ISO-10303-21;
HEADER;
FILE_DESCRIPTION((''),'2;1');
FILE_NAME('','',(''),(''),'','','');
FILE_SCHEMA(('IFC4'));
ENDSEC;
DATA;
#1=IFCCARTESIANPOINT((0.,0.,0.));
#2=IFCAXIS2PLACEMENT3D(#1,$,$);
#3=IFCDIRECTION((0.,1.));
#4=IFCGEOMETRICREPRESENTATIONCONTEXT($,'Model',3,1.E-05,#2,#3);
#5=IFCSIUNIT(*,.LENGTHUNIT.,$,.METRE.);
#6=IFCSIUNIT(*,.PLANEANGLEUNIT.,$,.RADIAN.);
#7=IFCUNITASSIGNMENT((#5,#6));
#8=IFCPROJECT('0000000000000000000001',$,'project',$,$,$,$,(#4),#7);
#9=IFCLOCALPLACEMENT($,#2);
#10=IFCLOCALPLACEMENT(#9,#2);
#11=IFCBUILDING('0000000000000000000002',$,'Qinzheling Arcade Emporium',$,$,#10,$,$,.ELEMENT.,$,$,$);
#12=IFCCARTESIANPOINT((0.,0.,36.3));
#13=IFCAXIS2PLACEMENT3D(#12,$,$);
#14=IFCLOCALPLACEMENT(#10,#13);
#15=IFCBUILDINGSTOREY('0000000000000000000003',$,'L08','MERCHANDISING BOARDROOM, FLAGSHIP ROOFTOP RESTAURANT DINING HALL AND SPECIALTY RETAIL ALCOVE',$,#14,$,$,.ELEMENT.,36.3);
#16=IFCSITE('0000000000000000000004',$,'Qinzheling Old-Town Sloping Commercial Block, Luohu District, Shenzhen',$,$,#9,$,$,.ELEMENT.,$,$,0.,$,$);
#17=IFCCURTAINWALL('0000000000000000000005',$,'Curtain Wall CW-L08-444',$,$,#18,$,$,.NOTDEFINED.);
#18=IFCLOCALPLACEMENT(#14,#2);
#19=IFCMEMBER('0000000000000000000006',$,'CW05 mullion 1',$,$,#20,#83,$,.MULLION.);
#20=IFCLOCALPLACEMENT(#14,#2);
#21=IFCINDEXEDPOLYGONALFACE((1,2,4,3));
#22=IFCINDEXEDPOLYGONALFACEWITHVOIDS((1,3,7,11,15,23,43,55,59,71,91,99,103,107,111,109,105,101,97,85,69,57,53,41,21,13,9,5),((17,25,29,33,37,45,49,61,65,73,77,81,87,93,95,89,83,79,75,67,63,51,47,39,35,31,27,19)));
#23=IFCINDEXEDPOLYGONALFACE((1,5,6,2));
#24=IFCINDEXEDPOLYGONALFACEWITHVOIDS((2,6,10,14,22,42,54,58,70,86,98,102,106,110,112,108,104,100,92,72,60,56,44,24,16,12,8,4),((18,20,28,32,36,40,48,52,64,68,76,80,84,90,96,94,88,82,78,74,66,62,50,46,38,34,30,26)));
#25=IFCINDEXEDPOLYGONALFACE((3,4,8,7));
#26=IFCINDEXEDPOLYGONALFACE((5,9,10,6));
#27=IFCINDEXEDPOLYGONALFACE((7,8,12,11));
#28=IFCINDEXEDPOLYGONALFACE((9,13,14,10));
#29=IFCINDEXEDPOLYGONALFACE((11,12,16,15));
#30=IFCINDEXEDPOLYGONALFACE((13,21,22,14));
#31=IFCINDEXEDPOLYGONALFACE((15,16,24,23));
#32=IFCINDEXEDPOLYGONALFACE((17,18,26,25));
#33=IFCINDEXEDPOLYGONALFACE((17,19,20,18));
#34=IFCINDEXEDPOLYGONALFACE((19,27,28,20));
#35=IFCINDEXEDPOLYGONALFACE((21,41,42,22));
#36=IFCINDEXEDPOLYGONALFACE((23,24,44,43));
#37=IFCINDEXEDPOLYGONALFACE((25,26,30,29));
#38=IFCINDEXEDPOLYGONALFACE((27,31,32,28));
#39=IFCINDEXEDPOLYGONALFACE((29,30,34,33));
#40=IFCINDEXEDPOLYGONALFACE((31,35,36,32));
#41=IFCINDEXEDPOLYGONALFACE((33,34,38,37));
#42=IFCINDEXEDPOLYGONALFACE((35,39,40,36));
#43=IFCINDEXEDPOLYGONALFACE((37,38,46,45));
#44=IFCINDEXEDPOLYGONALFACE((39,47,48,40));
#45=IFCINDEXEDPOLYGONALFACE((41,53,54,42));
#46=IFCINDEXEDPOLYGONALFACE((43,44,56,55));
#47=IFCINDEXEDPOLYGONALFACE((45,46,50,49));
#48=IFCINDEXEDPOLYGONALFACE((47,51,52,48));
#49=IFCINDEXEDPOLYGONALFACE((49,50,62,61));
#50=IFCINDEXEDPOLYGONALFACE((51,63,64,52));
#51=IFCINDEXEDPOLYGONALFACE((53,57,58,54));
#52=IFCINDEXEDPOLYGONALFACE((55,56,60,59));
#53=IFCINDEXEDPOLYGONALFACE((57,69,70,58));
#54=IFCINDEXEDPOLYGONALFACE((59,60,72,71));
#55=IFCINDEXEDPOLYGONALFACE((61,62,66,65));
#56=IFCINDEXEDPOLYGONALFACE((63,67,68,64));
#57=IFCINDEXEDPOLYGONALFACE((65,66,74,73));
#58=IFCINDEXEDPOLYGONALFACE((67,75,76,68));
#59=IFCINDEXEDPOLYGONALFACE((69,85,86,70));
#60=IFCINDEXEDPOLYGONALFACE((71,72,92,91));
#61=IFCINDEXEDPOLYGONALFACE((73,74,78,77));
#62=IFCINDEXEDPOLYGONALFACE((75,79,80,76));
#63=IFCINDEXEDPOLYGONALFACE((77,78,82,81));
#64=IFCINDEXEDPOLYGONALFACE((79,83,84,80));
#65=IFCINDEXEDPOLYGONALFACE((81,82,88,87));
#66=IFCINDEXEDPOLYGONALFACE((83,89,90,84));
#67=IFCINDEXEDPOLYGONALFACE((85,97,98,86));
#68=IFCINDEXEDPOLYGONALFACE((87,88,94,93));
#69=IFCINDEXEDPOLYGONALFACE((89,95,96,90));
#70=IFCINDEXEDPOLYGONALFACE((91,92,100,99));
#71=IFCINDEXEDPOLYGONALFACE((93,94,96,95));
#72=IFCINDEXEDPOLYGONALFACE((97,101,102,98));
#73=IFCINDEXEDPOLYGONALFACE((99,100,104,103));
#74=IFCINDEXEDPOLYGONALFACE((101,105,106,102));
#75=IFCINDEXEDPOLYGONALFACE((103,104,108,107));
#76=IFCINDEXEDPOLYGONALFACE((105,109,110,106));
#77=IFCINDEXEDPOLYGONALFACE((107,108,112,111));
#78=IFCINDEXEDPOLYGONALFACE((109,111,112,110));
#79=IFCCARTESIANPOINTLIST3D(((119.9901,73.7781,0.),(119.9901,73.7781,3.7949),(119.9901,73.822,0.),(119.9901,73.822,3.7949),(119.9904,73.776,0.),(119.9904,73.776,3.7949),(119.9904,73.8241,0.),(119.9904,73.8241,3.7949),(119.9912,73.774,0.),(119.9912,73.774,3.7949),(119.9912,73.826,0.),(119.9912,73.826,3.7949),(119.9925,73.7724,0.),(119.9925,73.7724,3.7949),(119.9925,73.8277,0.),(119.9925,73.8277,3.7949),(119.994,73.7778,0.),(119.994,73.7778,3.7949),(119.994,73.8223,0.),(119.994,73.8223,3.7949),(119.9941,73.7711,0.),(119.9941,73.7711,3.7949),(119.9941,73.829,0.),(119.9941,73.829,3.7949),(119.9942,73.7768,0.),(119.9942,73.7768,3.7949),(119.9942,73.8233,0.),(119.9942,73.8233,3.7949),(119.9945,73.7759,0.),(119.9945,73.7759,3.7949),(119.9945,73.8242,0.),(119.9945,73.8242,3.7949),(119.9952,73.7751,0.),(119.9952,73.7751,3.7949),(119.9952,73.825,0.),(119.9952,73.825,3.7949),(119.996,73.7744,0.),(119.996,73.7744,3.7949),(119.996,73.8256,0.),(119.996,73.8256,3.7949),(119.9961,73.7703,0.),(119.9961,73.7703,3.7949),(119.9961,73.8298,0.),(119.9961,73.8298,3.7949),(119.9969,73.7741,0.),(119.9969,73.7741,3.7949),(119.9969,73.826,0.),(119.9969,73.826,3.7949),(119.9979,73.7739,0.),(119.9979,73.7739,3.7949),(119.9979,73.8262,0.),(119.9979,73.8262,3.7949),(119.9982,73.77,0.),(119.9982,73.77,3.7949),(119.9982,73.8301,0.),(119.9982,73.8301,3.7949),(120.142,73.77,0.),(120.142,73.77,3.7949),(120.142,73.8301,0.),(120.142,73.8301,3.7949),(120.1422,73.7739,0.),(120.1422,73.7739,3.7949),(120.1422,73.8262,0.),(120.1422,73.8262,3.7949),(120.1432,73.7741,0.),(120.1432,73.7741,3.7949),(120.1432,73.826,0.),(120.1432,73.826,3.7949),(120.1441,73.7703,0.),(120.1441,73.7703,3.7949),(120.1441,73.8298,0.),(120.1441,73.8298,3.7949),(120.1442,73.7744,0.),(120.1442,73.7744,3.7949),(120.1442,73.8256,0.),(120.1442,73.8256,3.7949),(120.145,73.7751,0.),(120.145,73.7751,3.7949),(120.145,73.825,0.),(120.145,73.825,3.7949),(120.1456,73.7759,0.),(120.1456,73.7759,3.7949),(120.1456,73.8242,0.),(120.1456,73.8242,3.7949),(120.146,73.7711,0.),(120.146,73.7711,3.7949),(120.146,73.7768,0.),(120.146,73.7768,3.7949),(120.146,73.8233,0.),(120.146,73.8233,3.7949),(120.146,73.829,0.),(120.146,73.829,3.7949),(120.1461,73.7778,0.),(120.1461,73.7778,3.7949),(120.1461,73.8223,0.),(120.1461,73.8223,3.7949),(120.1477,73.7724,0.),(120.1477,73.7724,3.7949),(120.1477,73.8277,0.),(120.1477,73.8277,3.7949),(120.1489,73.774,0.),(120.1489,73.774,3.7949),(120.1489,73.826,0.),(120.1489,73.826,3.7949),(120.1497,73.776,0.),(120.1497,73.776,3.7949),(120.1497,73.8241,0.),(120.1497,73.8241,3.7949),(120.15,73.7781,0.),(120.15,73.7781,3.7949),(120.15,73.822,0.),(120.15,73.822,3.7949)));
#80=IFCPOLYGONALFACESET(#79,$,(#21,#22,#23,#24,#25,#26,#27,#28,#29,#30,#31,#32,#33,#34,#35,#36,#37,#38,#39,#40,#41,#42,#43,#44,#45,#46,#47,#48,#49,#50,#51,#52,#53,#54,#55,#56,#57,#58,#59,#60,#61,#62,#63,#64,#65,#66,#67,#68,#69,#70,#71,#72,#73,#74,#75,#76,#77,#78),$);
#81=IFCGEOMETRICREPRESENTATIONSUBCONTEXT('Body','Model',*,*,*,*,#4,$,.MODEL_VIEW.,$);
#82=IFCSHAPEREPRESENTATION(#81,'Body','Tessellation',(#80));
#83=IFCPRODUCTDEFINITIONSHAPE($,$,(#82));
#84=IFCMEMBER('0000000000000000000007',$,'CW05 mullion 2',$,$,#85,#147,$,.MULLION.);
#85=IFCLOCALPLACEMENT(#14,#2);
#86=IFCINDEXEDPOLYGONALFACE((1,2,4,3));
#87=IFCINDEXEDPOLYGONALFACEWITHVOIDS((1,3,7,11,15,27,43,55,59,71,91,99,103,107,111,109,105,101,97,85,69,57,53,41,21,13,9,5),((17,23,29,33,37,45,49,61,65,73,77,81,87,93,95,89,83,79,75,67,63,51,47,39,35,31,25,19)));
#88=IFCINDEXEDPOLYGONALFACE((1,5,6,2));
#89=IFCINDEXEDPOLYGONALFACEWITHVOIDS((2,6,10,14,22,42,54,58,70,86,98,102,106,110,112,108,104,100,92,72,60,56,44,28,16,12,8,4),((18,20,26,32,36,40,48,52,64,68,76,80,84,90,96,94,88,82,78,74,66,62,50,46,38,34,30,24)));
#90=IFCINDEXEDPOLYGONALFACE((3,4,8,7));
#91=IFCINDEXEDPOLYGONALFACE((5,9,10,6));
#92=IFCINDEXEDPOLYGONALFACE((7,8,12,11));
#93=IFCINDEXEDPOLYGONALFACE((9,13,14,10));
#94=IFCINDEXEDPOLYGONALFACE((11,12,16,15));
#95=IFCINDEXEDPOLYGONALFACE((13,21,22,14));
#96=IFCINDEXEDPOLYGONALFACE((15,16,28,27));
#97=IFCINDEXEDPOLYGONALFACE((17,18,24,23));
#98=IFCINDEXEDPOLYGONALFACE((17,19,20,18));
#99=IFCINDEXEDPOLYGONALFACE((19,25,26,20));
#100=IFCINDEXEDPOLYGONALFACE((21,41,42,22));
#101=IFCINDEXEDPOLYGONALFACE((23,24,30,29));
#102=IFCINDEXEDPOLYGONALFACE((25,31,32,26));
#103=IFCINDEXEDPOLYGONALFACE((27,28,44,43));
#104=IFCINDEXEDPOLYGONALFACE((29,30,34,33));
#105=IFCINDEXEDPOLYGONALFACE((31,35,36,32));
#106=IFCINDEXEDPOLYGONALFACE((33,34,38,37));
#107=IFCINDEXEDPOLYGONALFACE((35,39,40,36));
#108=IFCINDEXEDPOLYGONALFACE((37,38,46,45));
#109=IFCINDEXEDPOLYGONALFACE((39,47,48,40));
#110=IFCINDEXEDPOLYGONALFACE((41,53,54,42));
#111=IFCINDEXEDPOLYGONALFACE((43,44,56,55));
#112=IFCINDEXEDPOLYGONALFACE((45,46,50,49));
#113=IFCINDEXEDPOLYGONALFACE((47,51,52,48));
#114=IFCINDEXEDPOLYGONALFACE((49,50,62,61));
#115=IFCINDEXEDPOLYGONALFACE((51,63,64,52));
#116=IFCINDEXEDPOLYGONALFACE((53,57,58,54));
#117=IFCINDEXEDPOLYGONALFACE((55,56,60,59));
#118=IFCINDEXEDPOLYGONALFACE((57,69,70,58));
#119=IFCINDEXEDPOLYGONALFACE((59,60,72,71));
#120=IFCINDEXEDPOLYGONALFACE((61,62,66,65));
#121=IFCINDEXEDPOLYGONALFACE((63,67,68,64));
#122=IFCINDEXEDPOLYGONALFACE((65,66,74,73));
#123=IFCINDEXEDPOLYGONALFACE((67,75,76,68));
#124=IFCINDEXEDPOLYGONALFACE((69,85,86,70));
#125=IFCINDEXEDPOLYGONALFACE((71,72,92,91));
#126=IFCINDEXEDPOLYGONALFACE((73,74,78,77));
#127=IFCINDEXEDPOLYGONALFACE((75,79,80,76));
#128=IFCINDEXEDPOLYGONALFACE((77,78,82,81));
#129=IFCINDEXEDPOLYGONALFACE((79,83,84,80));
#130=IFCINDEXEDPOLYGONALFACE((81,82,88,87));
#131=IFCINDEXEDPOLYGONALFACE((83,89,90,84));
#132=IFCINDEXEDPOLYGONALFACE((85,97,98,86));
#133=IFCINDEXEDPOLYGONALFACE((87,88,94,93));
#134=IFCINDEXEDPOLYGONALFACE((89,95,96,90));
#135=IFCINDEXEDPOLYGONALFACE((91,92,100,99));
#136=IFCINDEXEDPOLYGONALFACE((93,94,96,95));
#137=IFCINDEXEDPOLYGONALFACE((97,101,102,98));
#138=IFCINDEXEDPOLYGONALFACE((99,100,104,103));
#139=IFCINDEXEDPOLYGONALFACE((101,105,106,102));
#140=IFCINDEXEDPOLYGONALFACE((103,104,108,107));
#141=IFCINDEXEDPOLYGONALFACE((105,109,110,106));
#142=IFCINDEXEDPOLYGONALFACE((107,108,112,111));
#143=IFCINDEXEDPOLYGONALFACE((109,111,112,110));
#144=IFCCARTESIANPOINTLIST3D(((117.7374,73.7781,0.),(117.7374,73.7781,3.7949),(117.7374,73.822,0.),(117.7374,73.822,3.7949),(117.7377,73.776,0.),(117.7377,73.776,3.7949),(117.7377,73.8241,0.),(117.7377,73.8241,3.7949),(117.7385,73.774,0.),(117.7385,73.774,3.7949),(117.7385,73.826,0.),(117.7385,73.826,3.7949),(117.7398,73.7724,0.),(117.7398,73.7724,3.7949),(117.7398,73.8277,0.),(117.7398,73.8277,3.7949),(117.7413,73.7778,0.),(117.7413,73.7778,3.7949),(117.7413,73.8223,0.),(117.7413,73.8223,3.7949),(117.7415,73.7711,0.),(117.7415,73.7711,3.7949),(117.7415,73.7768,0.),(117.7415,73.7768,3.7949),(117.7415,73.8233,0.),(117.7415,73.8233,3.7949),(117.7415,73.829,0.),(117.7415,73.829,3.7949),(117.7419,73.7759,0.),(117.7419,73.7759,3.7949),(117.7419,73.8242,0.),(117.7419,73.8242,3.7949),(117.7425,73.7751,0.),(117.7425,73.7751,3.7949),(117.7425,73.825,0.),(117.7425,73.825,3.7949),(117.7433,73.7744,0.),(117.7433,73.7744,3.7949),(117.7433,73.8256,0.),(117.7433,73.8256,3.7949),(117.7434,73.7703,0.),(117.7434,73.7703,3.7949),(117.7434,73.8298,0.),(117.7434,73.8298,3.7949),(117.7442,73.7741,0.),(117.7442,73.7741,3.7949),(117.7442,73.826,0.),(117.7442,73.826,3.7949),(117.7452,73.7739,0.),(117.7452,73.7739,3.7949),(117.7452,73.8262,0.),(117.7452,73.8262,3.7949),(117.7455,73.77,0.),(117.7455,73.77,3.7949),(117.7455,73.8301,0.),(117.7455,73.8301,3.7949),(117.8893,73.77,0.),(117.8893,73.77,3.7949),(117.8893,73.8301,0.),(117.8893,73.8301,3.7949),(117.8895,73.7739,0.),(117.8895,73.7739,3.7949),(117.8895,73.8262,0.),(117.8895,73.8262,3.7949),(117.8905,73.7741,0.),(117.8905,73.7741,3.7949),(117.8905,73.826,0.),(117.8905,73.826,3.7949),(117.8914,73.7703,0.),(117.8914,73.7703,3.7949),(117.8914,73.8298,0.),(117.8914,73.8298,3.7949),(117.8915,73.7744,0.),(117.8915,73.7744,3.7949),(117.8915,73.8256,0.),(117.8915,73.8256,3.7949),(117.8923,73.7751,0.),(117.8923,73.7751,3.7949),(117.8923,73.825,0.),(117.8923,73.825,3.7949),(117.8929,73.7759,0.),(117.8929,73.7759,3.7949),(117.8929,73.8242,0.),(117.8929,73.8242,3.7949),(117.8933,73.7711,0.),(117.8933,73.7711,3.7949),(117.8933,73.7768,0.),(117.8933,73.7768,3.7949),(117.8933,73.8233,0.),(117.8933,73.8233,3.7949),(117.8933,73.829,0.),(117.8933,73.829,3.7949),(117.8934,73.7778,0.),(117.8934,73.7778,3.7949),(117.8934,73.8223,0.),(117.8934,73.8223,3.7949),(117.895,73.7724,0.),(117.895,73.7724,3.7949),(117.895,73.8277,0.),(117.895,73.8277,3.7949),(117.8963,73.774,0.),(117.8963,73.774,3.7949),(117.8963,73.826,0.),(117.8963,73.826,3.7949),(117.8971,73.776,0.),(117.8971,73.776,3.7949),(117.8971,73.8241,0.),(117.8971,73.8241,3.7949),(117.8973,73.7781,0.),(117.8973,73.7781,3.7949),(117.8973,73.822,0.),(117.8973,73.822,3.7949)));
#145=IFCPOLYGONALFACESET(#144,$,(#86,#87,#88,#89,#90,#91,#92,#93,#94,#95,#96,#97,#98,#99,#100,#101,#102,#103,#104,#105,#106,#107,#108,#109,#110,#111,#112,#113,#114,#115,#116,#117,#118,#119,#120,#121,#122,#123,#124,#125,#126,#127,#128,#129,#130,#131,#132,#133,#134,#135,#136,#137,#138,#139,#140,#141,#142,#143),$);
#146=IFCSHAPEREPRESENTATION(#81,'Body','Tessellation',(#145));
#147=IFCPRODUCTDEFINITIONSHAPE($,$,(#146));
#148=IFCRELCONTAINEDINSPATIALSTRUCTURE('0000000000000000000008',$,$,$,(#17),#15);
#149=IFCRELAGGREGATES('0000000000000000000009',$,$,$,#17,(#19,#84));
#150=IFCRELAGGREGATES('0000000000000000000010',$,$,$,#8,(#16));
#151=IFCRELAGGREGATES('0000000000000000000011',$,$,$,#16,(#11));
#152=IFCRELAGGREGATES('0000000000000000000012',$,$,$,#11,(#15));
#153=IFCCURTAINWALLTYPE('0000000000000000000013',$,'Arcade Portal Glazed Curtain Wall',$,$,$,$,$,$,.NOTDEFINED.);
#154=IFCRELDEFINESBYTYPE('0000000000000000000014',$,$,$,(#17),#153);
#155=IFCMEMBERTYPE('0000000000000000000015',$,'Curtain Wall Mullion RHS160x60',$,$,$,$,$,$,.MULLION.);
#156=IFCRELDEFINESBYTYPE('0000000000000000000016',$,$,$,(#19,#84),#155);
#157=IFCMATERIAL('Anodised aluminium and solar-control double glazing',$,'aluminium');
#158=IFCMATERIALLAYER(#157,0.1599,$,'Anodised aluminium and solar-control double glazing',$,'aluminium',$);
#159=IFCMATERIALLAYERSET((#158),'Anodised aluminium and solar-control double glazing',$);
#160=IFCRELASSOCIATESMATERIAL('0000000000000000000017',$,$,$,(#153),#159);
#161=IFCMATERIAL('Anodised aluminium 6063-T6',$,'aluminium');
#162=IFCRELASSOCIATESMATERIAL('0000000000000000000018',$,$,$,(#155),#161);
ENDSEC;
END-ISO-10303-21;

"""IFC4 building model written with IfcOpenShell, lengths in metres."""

from ifc_helpers import new_model, si_unit, direction, frame, origin, origin_2d, place, context, subcontext, project, spatial, hollow_rectangle, extrude, material, layer, layer_set, material_profile, profile_set, type_object, element, aggregate, save


model = new_model("IFC4")

# Units and contexts
model_context = context("Model", 3, precision=1e-05, world=origin(), true_north=direction((0.0, 1.0)))
body_context = subcontext(model_context, "Body", "Model", "MODEL_VIEW")
ifc_project = project(units=[si_unit("LENGTHUNIT", "METRE"), si_unit("PLANEANGLEUNIT", "RADIAN")], contexts=[model_context])

# Site, building, storey
site_placement = place(None, origin())
site = spatial("IfcSite", under=ifc_project, at=site_placement, Name="Qinzheling Old-Town Sloping Commercial Block, Luohu District, Shenzhen", CompositionType="ELEMENT", RefElevation=0.0)
building_placement = place(site_placement, origin())
building = spatial("IfcBuilding", under=site, at=building_placement, Name="Qinzheling Arcade Emporium", CompositionType="ELEMENT")
storey_placement = place(building_placement, frame((0.0, 0.0, 36.3)))
storey = spatial("IfcBuildingStorey", under=building, at=storey_placement, Name="L08", Description="MERCHANDISING BOARDROOM, FLAGSHIP ROOFTOP RESTAURANT DINING HALL AND SPECIALTY RETAIL ALCOVE", CompositionType="ELEMENT", Elevation=36.3)

# Curtain wall, members
ifc_material_1 = material(Name="Anodised aluminium and solar-control double glazing", Category="aluminium")
ifc_layer_1 = layer(ifc_material_1, 0.1599, Name="Anodised aluminium and solar-control double glazing", Category="aluminium")
ifc_layer_set_1 = layer_set([ifc_layer_1], Name="Anodised aluminium and solar-control double glazing")
curtain_wall_type = type_object("IfcCurtainWallType", Name="Arcade Portal Glazed Curtain Wall", PredefinedType="NOTDEFINED", material=ifc_layer_set_1)
curtain_wall_placement = place(storey_placement, origin())
curtain_wall = element("IfcCurtainWall", 1, at=curtain_wall_placement, inside=storey, type_object=curtain_wall_type, Name="Curtain Wall CW-L08-444", PredefinedType="NOTDEFINED")
ifc_material_2 = material(Name="Anodised aluminium 6063-T6", Category="aluminium")
ifc_material_profile_1 = material_profile(ifc_material_2, hollow_rectangle(XDim=0.0601, YDim=0.1599, WallThickness=0.0039, InnerFilletRadius=0.0039, OuterFilletRadius=0.0081, at=origin_2d()), Name="RHS 160x60x4", Category="aluminium")
ifc_profile_set_1 = profile_set([ifc_material_profile_1], Name="Anodised aluminium 6063-T6")
member_type_1 = type_object("IfcMemberType", Name="Curtain Wall Mullion RHS160x60", PredefinedType="MULLION", material=ifc_profile_set_1)
member_1_placement = place(storey_placement, frame((120.0701, 73.8, 0.0), z_axis=(0.0, 0.0, 1.0), x_axis=(0.0, -1.0, 0.0)))
member_1 = element("IfcMember", 2, at=member_1_placement, type_object=member_type_1, Name="CW05 mullion 1", PredefinedType="MULLION", context=body_context, shape_type="SweptSolid", body=[
    extrude(hollow_rectangle(XDim=0.0601, YDim=0.1599, WallThickness=0.0039, InnerFilletRadius=0.0039, OuterFilletRadius=0.0081, at=origin_2d()), origin(), (0.0, 0.0, 1.0), 3.7949),
])
member_2_placement = place(storey_placement, frame((117.8174, 73.8, 0.0), z_axis=(0.0, 0.0, 1.0), x_axis=(0.0, -1.0, 0.0)))
member_2 = element("IfcMember", 3, at=member_2_placement, type_object=member_type_1, Name="CW05 mullion 2", PredefinedType="MULLION", context=body_context, shape_type="SweptSolid", body=[
    extrude(hollow_rectangle(XDim=0.0601, YDim=0.1599, WallThickness=0.0039, InnerFilletRadius=0.0039, OuterFilletRadius=0.0081, at=origin_2d()), origin(), (0.0, 0.0, 1.0), 3.7949),
])
aggregate(curtain_wall, [member_1, member_2])

save(model, "model.ifc")
